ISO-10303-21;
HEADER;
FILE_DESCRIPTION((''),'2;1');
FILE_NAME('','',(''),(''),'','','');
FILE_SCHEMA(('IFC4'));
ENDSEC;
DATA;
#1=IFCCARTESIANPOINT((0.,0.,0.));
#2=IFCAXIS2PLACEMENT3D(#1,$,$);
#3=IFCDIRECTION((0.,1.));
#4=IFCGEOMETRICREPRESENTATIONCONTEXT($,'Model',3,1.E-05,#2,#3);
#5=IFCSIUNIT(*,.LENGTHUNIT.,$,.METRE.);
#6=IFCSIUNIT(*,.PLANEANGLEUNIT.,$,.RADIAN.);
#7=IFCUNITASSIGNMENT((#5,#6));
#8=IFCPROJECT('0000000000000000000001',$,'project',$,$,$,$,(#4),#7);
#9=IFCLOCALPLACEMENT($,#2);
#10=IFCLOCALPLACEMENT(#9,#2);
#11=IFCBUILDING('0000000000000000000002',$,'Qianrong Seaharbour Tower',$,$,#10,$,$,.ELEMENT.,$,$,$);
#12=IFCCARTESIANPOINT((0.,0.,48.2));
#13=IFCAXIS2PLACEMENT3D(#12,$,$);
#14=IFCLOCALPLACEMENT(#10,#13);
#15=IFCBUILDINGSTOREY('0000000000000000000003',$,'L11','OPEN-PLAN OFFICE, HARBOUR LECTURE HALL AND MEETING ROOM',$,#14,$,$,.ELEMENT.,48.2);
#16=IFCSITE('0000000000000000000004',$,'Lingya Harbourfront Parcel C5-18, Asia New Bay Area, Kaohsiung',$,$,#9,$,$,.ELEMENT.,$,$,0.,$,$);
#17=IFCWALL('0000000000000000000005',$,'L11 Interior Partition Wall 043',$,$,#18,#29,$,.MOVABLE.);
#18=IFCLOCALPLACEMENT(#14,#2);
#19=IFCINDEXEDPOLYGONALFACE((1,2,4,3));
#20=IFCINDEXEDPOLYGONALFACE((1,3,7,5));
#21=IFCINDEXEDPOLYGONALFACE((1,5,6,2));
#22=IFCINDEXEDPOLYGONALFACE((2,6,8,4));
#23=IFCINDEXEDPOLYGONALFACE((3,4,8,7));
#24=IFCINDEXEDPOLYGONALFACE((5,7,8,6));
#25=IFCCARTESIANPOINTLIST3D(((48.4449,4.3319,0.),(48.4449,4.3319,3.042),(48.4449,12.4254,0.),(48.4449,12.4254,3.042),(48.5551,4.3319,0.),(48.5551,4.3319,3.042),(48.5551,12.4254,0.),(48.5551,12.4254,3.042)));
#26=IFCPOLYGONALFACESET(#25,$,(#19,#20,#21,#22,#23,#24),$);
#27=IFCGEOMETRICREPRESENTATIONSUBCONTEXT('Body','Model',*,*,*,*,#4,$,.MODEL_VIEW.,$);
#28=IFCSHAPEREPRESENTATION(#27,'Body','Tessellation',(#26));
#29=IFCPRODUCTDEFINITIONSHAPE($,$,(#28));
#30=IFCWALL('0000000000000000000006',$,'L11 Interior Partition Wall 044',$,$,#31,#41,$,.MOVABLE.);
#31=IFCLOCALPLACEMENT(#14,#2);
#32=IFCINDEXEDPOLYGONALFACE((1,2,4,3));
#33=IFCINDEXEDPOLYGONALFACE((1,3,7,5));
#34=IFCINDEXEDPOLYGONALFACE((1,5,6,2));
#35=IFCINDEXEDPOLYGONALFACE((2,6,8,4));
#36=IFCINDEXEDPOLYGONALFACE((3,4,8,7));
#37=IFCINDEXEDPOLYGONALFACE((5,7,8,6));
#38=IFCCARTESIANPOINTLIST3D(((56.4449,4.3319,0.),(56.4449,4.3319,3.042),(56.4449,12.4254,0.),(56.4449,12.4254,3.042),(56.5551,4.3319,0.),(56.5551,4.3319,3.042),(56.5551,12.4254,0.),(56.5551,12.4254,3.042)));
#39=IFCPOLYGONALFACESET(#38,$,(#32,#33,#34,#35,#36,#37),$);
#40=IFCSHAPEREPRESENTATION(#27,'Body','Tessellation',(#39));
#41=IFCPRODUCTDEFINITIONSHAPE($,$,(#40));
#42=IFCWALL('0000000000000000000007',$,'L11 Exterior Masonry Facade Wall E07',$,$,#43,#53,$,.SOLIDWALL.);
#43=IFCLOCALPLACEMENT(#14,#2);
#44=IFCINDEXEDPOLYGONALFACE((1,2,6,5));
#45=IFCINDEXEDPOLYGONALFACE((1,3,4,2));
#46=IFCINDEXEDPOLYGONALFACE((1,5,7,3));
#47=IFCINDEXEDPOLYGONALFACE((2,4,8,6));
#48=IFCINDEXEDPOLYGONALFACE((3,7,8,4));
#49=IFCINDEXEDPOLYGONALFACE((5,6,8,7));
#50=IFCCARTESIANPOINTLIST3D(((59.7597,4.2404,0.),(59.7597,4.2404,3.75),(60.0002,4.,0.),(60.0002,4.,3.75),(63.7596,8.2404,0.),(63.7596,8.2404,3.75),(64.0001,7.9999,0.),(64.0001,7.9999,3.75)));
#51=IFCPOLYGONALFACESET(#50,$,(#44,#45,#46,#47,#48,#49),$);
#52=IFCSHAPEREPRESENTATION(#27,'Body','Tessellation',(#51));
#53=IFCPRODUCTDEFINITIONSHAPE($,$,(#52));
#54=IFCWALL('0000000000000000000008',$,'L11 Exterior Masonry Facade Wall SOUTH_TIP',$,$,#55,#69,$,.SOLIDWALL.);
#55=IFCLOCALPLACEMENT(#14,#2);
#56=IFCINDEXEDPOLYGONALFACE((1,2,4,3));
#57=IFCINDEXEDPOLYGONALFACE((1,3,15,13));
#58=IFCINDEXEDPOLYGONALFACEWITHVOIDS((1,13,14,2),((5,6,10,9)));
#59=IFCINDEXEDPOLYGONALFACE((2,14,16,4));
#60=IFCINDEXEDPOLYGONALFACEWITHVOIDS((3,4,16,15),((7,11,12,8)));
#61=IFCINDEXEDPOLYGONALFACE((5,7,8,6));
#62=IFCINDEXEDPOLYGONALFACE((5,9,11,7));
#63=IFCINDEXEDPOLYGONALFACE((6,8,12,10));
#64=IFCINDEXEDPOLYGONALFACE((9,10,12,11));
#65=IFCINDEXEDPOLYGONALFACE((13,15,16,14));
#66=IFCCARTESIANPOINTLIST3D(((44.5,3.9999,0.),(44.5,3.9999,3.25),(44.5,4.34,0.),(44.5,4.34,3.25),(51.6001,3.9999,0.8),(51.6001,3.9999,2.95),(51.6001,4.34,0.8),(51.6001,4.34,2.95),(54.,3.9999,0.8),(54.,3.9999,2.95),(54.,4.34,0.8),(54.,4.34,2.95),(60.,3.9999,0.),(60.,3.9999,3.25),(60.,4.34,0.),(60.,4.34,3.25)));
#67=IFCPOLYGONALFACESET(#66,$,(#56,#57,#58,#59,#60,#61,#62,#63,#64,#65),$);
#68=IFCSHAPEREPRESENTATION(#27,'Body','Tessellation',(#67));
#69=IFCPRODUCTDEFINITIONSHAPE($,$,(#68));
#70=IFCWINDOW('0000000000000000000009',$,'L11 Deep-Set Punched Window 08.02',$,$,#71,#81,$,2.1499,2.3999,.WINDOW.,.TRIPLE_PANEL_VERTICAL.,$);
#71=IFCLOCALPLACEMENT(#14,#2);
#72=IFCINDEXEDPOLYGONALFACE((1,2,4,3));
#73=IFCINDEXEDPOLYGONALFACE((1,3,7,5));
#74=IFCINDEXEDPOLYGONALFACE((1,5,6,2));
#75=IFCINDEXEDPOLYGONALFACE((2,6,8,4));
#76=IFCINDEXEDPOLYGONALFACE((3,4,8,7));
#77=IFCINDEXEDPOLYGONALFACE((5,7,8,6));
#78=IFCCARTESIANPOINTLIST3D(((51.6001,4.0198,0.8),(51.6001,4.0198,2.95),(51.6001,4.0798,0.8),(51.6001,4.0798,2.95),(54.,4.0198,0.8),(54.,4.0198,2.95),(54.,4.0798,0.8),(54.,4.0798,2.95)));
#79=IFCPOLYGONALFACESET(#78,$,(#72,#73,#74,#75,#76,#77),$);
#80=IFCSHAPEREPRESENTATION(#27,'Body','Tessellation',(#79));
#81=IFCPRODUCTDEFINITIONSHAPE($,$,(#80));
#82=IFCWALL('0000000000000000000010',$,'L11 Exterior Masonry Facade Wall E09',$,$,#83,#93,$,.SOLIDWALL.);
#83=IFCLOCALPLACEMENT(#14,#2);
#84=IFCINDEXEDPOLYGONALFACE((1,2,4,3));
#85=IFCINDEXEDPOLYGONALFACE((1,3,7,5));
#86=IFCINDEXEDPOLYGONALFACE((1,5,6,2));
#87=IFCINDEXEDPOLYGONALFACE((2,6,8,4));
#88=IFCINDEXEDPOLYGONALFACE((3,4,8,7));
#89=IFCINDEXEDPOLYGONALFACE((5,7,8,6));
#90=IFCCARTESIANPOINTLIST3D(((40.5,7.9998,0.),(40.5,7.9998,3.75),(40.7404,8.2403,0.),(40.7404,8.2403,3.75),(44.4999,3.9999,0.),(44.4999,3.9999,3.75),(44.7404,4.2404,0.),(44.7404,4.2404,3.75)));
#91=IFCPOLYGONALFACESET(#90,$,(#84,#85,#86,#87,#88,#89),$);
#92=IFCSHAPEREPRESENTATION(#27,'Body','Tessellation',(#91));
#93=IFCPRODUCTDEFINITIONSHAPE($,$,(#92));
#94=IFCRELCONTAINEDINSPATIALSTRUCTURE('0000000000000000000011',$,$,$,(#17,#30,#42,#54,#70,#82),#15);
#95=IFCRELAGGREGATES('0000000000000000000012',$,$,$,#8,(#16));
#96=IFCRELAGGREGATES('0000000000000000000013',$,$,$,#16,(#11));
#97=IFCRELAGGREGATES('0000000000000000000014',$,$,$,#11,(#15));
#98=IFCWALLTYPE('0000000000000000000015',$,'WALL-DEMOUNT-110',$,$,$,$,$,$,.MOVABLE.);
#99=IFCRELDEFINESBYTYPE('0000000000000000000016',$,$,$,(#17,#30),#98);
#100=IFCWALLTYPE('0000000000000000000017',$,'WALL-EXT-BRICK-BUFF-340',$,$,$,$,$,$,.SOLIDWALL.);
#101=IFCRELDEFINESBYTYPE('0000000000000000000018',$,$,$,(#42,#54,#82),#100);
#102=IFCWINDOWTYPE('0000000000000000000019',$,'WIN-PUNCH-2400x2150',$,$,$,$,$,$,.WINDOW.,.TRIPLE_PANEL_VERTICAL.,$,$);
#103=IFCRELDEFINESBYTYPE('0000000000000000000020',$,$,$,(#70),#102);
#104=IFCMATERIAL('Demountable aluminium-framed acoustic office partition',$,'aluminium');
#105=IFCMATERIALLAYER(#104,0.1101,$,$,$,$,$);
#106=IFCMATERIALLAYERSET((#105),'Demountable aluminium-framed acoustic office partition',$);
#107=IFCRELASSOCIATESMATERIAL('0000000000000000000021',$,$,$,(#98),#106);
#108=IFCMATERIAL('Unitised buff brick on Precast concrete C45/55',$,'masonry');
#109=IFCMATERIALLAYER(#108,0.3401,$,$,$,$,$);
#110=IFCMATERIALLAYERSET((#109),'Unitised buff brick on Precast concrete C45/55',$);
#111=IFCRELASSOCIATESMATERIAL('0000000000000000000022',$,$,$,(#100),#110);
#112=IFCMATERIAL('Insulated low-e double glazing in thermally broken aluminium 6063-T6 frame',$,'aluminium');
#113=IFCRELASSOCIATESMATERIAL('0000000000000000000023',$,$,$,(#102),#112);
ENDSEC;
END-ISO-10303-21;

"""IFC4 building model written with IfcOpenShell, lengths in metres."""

from ifc_helpers import new_model, si_unit, direction, frame, frame_2d, origin, place, context, subcontext, project, spatial, rectangle, extrude, material, layer, layer_set, type_object, element, fill, save


model = new_model("IFC4")

# Units and contexts
model_context = context("Model", 3, precision=1e-05, world=origin(), true_north=direction((0.0, 1.0)))
body_context = subcontext(model_context, "Body", "Model", "MODEL_VIEW")
ifc_project = project(units=[si_unit("LENGTHUNIT", "METRE"), si_unit("PLANEANGLEUNIT", "RADIAN")], contexts=[model_context])

# Site, building, storey
site_placement = place(None, origin())
site = spatial("IfcSite", under=ifc_project, at=site_placement, Name="Lingya Harbourfront Parcel C5-18, Asia New Bay Area, Kaohsiung", CompositionType="ELEMENT", RefElevation=0.0)
building_placement = place(site_placement, origin())
building = spatial("IfcBuilding", under=site, at=building_placement, Name="Qianrong Seaharbour Tower", CompositionType="ELEMENT")
storey_placement = place(building_placement, frame((0.0, 0.0, 48.2)))
storey = spatial("IfcBuildingStorey", under=building, at=storey_placement, Name="L11", Description="OPEN-PLAN OFFICE, HARBOUR LECTURE HALL AND MEETING ROOM", CompositionType="ELEMENT", Elevation=48.2)

# Walls
ifc_material_1 = material(Name="Demountable aluminium-framed acoustic office partition", Category="aluminium")
ifc_layer_1 = layer(ifc_material_1, 0.1101)
ifc_layer_set_1 = layer_set([ifc_layer_1], Name="Demountable aluminium-framed acoustic office partition")
wall_type_1 = type_object("IfcWallType", Name="WALL-DEMOUNT-110", PredefinedType="MOVABLE", material=ifc_layer_set_1)
for number, where, z_axis, x_axis, name in (
    (1, (48.5, 12.4255, 0.0), (0.0, 0.0, 1.0), (0.0, -1.0, 0.0), "L11 Interior Partition Wall 043"),
    (2, (56.5, 12.4255, 0.0), (0.0, 0.0, 1.0), (0.0, -1.0, 0.0), "L11 Interior Partition Wall 044"),
):
    element("IfcWall", number, at=place(storey_placement, frame(where, z_axis=z_axis, x_axis=x_axis)), inside=storey, type_object=wall_type_1, Name=name, PredefinedType="MOVABLE", context=body_context, shape_type="SweptSolid", body=[
        extrude(rectangle(XDim=8.0935, YDim=0.1101, at=frame_2d((4.0469, 0.0))), origin(), (0.0, 0.0, 1.0), 3.042),
    ])
ifc_material_2 = material(Name="Unitised buff brick on Precast concrete C45/55", Category="masonry")
ifc_layer_2 = layer(ifc_material_2, 0.3401)
ifc_layer_set_2 = layer_set([ifc_layer_2], Name="Unitised buff brick on Precast concrete C45/55")
wall_type_2 = type_object("IfcWallType", Name="WALL-EXT-BRICK-BUFF-340", PredefinedType="SOLIDWALL", material=ifc_layer_set_2)
wall_1_placement = place(storey_placement, frame((63.8799, 8.1201, 0.0), z_axis=(0.0, 0.0, 1.0), x_axis=(-0.707107, -0.707107, 0.0)))
element("IfcWall", 3, at=wall_1_placement, inside=storey, type_object=wall_type_2, Name="L11 Exterior Masonry Facade Wall E07", PredefinedType="SOLIDWALL", context=body_context, shape_type="SweptSolid", body=[
    extrude(rectangle(XDim=5.6567, YDim=0.3401, at=frame_2d((2.8284, 0.0))), origin(), (0.0, 0.0, 1.0), 3.75),
])

# Wall, opening, window
wall_2_placement = place(storey_placement, frame((60.0, 4.1699, 0.0), z_axis=(0.0, 0.0, 1.0), x_axis=(-1.0, 0.0, 0.0)))
wall_2 = element("IfcWall", 4, at=wall_2_placement, inside=storey, type_object=wall_type_2, Name="L11 Exterior Masonry Facade Wall SOUTH_TIP", PredefinedType="SOLIDWALL", context=body_context, shape_type="SweptSolid", body=[
    extrude(rectangle(XDim=15.5, YDim=0.3401, at=frame_2d((7.75, 0.0))), origin(), (0.0, 0.0, 1.0), 3.25),
])
opening_1_placement = place(wall_2_placement, frame((6.0, 0.0, 0.8)))
opening_1 = element("IfcOpeningElement", 5, at=opening_1_placement, cuts=wall_2, PredefinedType="OPENING", context=body_context, shape_type="SweptSolid", body=[
    extrude(rectangle(XDim=2.3999, YDim=2.1499, at=frame_2d((1.2, 1.075))), frame((0.0, 0.1802, 0.0), z_axis=(0.0, -1.0, 0.0), x_axis=(1.0, 0.0, 0.0)), (0.0, 0.0, 1.0), 0.3601),
])
ifc_material_3 = material(Name="Insulated low-e double glazing in thermally broken aluminium 6063-T6 frame", Category="aluminium")
window_type = type_object("IfcWindowType", Name="WIN-PUNCH-2400x2150", PartitioningType="TRIPLE_PANEL_VERTICAL", PredefinedType="WINDOW", material=ifc_material_3)
window_placement = place(opening_1_placement, origin())
window = element("IfcWindow", 6, at=window_placement, inside=storey, type_object=window_type, Name="L11 Deep-Set Punched Window 08.02", OverallHeight=2.1499, OverallWidth=2.3999, PartitioningType="TRIPLE_PANEL_VERTICAL", PredefinedType="WINDOW", context=body_context, shape_type="SweptSolid", body=[
    extrude(rectangle(XDim=2.3999, YDim=2.1499, at=frame_2d((1.2, 1.075))), frame((0.0, 0.1501, 0.0), z_axis=(0.0, -1.0, 0.0), x_axis=(1.0, 0.0, 0.0)), (0.0, 0.0, 1.0), 0.0601),
])
fill(opening_1, window)

# Wall
wall_3_placement = place(storey_placement, frame((44.6201, 4.1201, 0.0), z_axis=(0.0, 0.0, 1.0), x_axis=(-0.707107, 0.707107, 0.0)))
element("IfcWall", 7, at=wall_3_placement, inside=storey, type_object=wall_type_2, Name="L11 Exterior Masonry Facade Wall E09", PredefinedType="SOLIDWALL", context=body_context, shape_type="SweptSolid", body=[
    extrude(rectangle(XDim=5.6567, YDim=0.3401, at=frame_2d((2.8284, 0.0))), origin(), (0.0, 0.0, 1.0), 3.75),
])

save(model, "model.ifc")
